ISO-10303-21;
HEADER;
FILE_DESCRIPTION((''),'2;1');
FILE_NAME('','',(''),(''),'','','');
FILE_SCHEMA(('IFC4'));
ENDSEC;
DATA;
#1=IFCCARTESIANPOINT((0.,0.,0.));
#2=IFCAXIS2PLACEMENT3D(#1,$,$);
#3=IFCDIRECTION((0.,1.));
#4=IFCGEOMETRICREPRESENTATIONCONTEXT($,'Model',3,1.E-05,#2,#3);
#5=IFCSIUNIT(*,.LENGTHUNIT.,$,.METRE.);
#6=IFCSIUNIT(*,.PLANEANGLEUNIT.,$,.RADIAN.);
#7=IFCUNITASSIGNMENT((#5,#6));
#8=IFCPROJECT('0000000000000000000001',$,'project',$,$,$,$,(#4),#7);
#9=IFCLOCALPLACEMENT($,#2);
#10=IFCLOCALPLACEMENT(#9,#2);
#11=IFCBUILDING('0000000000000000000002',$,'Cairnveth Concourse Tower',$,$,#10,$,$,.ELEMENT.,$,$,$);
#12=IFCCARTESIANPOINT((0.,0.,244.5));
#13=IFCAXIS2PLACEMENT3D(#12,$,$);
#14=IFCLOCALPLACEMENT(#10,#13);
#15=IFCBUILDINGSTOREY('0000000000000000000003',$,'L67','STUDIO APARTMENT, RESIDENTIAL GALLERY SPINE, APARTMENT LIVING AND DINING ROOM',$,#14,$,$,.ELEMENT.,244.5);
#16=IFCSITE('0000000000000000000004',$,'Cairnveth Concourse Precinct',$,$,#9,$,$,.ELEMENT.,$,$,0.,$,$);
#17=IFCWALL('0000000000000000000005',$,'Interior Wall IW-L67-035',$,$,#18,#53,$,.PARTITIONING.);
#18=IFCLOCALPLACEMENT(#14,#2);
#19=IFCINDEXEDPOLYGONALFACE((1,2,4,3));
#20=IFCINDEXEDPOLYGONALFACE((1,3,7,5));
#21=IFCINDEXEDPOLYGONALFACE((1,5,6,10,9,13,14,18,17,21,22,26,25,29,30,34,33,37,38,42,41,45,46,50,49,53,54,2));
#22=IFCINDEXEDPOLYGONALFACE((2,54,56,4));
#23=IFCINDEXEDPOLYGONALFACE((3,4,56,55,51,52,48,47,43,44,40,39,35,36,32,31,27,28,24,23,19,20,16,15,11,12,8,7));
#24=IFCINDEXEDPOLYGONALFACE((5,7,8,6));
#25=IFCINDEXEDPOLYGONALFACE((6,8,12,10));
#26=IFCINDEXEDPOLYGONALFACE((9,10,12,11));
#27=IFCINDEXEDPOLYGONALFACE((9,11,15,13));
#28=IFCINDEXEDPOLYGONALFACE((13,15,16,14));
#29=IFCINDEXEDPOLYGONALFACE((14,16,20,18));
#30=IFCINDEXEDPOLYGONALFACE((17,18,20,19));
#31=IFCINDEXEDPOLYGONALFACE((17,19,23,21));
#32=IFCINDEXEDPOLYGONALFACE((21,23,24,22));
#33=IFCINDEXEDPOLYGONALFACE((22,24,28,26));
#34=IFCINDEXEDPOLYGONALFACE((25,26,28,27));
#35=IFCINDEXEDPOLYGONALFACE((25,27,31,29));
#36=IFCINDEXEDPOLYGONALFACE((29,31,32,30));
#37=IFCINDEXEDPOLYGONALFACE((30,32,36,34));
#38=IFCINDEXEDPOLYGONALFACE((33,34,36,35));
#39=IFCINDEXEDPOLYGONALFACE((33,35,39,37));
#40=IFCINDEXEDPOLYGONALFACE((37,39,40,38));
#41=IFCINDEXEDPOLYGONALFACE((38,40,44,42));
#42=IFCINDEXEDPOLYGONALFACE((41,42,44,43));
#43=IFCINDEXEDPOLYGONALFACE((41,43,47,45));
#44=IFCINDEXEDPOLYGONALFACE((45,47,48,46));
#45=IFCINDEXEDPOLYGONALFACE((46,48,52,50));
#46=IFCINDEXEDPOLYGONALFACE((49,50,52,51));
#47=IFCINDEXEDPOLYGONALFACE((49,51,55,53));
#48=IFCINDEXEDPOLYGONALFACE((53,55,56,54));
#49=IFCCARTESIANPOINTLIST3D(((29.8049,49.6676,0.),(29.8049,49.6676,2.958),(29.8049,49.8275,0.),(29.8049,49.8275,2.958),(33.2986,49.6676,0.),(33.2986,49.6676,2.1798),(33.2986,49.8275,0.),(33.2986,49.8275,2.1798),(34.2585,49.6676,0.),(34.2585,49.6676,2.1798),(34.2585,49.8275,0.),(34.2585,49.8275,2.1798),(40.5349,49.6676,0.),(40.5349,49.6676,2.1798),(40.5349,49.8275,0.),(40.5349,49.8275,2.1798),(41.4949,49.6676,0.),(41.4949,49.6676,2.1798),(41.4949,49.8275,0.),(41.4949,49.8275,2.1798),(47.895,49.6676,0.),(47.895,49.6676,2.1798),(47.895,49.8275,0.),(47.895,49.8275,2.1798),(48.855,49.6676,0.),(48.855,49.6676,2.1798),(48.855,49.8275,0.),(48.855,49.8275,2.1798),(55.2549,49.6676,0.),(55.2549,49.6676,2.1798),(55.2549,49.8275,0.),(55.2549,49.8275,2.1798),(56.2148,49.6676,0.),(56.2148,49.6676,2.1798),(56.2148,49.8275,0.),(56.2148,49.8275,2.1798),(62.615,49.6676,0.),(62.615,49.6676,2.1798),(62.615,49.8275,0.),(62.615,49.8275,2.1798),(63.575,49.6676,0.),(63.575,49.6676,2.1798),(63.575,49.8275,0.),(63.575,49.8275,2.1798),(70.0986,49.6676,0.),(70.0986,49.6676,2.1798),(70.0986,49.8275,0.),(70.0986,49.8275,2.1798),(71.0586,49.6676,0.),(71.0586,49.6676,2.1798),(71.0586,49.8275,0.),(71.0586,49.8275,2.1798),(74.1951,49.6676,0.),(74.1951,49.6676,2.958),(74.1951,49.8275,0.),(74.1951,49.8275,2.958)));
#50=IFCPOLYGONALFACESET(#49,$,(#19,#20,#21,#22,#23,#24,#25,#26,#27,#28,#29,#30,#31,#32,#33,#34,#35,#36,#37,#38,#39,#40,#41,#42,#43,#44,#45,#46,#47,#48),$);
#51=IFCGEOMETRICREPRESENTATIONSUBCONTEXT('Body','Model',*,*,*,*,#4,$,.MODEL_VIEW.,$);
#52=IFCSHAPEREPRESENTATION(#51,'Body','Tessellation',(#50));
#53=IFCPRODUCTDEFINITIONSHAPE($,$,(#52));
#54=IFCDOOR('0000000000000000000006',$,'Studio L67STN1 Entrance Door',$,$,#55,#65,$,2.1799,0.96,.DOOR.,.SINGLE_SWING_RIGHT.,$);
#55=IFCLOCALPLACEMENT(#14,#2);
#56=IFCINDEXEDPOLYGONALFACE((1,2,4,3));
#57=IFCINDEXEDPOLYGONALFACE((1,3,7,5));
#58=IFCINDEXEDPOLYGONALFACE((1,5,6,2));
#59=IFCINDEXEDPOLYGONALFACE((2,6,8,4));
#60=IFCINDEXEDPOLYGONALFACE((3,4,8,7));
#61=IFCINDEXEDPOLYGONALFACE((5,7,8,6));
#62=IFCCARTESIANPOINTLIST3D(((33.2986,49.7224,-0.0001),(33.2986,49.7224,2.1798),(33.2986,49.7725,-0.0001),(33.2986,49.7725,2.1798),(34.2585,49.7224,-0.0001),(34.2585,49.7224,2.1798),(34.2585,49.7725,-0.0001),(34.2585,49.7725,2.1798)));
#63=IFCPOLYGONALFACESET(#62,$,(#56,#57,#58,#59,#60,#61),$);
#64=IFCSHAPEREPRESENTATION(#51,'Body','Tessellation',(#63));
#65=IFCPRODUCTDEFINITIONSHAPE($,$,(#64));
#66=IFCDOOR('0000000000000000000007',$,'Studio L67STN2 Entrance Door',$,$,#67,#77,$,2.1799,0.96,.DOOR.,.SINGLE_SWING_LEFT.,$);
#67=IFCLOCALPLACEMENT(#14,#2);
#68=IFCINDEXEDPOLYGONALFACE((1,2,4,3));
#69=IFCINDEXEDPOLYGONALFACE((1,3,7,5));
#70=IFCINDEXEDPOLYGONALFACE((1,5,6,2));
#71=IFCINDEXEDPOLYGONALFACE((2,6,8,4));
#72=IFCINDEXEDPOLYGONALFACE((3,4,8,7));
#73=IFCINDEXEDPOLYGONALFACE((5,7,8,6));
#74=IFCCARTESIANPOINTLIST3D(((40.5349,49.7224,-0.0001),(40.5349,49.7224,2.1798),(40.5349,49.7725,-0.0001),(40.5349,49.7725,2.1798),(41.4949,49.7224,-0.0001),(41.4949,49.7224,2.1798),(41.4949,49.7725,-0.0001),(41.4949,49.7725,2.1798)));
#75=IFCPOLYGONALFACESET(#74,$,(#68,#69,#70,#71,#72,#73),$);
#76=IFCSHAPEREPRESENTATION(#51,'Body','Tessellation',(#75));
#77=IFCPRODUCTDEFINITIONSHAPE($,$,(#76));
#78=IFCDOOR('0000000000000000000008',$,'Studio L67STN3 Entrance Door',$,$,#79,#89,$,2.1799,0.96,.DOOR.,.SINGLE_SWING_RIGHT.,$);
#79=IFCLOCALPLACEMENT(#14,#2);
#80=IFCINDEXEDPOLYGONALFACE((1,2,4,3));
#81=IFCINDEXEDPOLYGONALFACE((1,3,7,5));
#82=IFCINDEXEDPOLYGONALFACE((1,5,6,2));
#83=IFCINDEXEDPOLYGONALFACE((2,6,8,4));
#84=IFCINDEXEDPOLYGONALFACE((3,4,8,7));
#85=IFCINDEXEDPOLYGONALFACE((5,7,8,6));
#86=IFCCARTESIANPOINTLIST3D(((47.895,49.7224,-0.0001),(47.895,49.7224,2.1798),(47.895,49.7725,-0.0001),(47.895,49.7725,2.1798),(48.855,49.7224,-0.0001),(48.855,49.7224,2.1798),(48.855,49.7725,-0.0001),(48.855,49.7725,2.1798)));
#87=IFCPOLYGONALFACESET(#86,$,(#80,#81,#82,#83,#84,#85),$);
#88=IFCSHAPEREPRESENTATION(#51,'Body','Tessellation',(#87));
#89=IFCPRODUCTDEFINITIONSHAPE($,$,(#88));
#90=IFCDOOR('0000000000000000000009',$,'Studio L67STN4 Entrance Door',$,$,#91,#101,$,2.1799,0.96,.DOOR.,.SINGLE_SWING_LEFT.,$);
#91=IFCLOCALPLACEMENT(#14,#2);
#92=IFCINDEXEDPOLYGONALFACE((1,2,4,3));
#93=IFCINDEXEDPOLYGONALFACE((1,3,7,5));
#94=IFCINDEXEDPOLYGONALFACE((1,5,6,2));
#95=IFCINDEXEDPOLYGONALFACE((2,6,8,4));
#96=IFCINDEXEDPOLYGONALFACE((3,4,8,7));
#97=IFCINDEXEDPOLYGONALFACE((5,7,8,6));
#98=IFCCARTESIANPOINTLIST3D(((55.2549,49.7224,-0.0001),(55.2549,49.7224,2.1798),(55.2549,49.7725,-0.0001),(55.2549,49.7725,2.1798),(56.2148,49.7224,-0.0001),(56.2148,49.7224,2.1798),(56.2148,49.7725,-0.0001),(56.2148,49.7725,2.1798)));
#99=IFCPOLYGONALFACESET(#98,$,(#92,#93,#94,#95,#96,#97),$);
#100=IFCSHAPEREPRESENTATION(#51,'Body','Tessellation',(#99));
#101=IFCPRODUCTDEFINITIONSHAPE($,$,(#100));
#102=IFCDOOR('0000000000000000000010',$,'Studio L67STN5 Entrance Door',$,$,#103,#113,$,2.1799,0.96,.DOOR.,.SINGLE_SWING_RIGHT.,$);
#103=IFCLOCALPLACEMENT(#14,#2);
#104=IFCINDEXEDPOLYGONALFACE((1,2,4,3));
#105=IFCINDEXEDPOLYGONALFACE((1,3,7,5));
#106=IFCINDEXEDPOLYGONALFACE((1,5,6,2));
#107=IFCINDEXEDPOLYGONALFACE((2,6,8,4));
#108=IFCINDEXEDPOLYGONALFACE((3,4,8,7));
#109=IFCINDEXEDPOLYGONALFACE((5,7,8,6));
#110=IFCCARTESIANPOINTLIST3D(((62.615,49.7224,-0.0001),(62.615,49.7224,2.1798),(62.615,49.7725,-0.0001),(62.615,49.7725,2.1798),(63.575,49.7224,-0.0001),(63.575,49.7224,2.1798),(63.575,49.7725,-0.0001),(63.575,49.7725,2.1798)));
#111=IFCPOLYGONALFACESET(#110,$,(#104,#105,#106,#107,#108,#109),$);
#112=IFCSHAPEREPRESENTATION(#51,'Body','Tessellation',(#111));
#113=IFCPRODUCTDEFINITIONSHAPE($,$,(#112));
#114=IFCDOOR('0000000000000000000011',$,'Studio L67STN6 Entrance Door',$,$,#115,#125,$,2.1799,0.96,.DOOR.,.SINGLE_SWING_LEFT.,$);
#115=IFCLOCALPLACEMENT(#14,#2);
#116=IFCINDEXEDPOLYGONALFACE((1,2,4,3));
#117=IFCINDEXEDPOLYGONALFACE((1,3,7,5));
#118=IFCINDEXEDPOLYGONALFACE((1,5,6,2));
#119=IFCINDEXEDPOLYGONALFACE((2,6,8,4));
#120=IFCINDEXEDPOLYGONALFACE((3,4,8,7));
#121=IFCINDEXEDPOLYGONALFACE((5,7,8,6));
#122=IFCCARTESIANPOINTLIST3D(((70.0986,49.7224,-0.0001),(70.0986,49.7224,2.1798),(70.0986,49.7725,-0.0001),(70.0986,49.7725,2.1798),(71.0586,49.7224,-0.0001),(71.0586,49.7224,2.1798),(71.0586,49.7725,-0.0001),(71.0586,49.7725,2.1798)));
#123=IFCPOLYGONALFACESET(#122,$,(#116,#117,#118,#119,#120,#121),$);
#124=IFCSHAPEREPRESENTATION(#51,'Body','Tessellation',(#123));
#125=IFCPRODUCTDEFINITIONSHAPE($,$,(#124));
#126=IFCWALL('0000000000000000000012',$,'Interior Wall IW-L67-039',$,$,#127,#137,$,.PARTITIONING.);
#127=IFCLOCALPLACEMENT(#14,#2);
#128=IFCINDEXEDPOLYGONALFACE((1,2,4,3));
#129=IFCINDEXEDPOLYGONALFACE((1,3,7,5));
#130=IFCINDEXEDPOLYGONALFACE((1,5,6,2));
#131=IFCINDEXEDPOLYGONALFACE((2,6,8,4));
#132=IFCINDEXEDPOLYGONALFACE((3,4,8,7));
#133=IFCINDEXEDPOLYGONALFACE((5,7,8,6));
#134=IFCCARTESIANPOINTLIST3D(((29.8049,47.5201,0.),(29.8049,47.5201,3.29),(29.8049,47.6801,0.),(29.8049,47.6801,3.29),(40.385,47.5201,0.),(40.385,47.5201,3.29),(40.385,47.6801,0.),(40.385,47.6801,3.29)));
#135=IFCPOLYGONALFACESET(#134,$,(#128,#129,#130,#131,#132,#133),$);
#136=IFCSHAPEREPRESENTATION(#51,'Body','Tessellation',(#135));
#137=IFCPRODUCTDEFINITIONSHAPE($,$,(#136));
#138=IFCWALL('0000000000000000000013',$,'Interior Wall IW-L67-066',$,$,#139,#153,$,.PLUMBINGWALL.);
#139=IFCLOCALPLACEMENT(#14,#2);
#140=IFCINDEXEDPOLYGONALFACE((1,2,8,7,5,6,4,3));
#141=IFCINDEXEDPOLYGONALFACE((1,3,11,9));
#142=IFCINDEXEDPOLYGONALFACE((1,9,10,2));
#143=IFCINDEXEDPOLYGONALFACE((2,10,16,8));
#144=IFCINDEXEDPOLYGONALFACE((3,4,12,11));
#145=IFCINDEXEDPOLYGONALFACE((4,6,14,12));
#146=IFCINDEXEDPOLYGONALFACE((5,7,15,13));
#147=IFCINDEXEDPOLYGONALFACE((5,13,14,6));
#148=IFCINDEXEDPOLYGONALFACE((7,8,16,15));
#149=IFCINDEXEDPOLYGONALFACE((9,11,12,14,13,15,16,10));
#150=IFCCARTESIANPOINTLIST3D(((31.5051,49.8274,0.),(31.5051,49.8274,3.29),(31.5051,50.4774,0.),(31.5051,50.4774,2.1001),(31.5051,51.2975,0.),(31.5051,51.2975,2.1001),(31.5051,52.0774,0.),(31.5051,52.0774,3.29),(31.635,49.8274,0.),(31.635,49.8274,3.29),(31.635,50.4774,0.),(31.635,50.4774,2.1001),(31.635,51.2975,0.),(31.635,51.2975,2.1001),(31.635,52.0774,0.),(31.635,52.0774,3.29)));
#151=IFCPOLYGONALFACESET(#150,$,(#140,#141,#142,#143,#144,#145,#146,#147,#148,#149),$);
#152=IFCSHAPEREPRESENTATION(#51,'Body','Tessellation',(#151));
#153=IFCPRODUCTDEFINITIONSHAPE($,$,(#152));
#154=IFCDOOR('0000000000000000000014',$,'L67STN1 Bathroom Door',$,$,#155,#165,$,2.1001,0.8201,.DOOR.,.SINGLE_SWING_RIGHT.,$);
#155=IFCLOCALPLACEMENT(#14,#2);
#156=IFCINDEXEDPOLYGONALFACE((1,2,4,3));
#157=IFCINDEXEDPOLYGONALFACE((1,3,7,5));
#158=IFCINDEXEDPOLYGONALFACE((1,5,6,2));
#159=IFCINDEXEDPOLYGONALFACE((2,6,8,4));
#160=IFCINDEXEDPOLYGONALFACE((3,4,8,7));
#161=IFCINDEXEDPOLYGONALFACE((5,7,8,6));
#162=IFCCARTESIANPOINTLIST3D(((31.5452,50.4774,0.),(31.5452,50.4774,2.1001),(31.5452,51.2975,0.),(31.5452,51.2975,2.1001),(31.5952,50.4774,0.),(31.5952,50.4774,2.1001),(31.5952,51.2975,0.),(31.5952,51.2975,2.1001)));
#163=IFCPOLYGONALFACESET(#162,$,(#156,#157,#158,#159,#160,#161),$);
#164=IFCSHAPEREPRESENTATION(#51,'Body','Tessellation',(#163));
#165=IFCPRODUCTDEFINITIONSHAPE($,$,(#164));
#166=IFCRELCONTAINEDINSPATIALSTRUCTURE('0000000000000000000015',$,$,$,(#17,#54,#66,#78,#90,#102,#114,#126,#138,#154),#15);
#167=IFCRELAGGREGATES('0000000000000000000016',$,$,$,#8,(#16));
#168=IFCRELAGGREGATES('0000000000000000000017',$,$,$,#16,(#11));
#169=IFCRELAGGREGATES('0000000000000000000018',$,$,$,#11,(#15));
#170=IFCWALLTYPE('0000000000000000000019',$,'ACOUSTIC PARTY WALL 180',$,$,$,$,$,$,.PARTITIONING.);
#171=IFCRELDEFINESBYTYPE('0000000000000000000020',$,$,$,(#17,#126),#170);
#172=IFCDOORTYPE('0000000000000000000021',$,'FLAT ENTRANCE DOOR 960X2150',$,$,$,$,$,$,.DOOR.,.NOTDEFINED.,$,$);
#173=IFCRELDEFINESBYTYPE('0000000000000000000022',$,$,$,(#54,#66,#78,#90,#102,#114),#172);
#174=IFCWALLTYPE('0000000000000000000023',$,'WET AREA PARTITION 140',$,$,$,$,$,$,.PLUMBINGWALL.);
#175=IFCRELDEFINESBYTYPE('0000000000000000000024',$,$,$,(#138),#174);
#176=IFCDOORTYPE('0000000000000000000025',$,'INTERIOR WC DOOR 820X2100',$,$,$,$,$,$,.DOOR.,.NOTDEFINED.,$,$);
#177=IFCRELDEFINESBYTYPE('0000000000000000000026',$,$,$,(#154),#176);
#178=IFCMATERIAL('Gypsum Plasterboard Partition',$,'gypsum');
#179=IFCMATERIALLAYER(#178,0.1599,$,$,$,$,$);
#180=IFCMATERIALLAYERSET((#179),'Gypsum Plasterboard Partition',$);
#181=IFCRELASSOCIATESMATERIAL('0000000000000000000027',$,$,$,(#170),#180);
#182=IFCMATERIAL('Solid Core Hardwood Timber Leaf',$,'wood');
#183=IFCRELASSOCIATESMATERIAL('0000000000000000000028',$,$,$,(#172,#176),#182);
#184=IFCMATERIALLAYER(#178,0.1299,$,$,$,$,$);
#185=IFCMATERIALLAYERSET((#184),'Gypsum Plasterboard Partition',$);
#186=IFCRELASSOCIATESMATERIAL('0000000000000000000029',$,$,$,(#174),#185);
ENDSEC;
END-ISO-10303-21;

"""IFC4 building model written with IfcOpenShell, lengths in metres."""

from ifc_helpers import new_model, si_unit, direction, frame, frame_2d, origin, place, context, subcontext, project, spatial, rectangle, extrude, material, layer, layer_set, type_object, element, fill, save


model = new_model("IFC4")

# Units and contexts
model_context = context("Model", 3, precision=1e-05, world=origin(), true_north=direction((0.0, 1.0)))
body_context = subcontext(model_context, "Body", "Model", "MODEL_VIEW")
ifc_project = project(units=[si_unit("LENGTHUNIT", "METRE"), si_unit("PLANEANGLEUNIT", "RADIAN")], contexts=[model_context])

# Site, building, storey
site_placement = place(None, origin())
site = spatial("IfcSite", under=ifc_project, at=site_placement, Name="Cairnveth Concourse Precinct", CompositionType="ELEMENT", RefElevation=0.0)
building_placement = place(site_placement, origin())
building = spatial("IfcBuilding", under=site, at=building_placement, Name="Cairnveth Concourse Tower", CompositionType="ELEMENT")
storey_placement = place(building_placement, frame((0.0, 0.0, 244.5)))
storey = spatial("IfcBuildingStorey", under=building, at=storey_placement, Name="L67", Description="STUDIO APARTMENT, RESIDENTIAL GALLERY SPINE, APARTMENT LIVING AND DINING ROOM", CompositionType="ELEMENT", Elevation=244.5)

# Wall, openings, doors
ifc_material_1 = material(Name="Gypsum Plasterboard Partition", Category="gypsum")
ifc_layer_1 = layer(ifc_material_1, 0.1599)
ifc_layer_set_1 = layer_set([ifc_layer_1], Name="Gypsum Plasterboard Partition")
wall_type_1 = type_object("IfcWallType", Name="ACOUSTIC PARTY WALL 180", PredefinedType="PARTITIONING", material=ifc_layer_set_1)
wall_1_placement = place(storey_placement, frame((29.8049, 49.7476, 0.0), z_axis=(0.0, 0.0, 1.0), x_axis=(1.0, 0.0, 0.0)))
wall_1 = element("IfcWall", 1, at=wall_1_placement, inside=storey, type_object=wall_type_1, Name="Interior Wall IW-L67-035", PredefinedType="PARTITIONING", context=body_context, shape_type="SweptSolid", body=[
    extrude(rectangle(XDim=44.3901, YDim=0.1599, at=frame_2d((22.1951, 0.0))), origin(), (0.0, 0.0, 1.0), 2.958),
])
opening_1_placement = place(wall_1_placement, frame((3.4937, 0.0, 0.0)))
opening_1 = element("IfcOpeningElement", 2, at=opening_1_placement, cuts=wall_1, PredefinedType="OPENING", context=body_context, shape_type="SweptSolid", body=[
    extrude(rectangle(XDim=0.96, YDim=2.1799, at=frame_2d((0.48, 1.0898))), frame((0.0, 0.0898, 0.0), z_axis=(0.0, -1.0, 0.0), x_axis=(1.0, 0.0, 0.0)), (0.0, 0.0, 1.0), 0.1799),
])
opening_2_placement = place(wall_1_placement, frame((10.73, 0.0, 0.0)))
opening_2 = element("IfcOpeningElement", 3, at=opening_2_placement, cuts=wall_1, PredefinedType="OPENING", context=body_context, shape_type="SweptSolid", body=[
    extrude(rectangle(XDim=0.96, YDim=2.1799, at=frame_2d((0.48, 1.0898))), frame((0.0, 0.0898, 0.0), z_axis=(0.0, -1.0, 0.0), x_axis=(1.0, 0.0, 0.0)), (0.0, 0.0, 1.0), 0.1799),
])
opening_3_placement = place(wall_1_placement, frame((18.0901, 0.0, 0.0)))
opening_3 = element("IfcOpeningElement", 4, at=opening_3_placement, cuts=wall_1, PredefinedType="OPENING", context=body_context, shape_type="SweptSolid", body=[
    extrude(rectangle(XDim=0.96, YDim=2.1799, at=frame_2d((0.48, 1.0898))), frame((0.0, 0.0898, 0.0), z_axis=(0.0, -1.0, 0.0), x_axis=(1.0, 0.0, 0.0)), (0.0, 0.0, 1.0), 0.1799),
])
opening_4_placement = place(wall_1_placement, frame((25.45, 0.0, 0.0)))
opening_4 = element("IfcOpeningElement", 5, at=opening_4_placement, cuts=wall_1, PredefinedType="OPENING", context=body_context, shape_type="SweptSolid", body=[
    extrude(rectangle(XDim=0.96, YDim=2.1799, at=frame_2d((0.48, 1.0898))), frame((0.0, 0.0898, 0.0), z_axis=(0.0, -1.0, 0.0), x_axis=(1.0, 0.0, 0.0)), (0.0, 0.0, 1.0), 0.1799),
])
opening_5_placement = place(wall_1_placement, frame((32.8101, 0.0, 0.0)))
opening_5 = element("IfcOpeningElement", 6, at=opening_5_placement, cuts=wall_1, PredefinedType="OPENING", context=body_context, shape_type="SweptSolid", body=[
    extrude(rectangle(XDim=0.96, YDim=2.1799, at=frame_2d((0.48, 1.0898))), frame((0.0, 0.0898, 0.0), z_axis=(0.0, -1.0, 0.0), x_axis=(1.0, 0.0, 0.0)), (0.0, 0.0, 1.0), 0.1799),
])
opening_6_placement = place(wall_1_placement, frame((40.2937, 0.0, 0.0)))
opening_6 = element("IfcOpeningElement", 7, at=opening_6_placement, cuts=wall_1, PredefinedType="OPENING", context=body_context, shape_type="SweptSolid", body=[
    extrude(rectangle(XDim=0.96, YDim=2.1799, at=frame_2d((0.48, 1.0898))), frame((0.0, 0.0898, 0.0), z_axis=(0.0, -1.0, 0.0), x_axis=(1.0, 0.0, 0.0)), (0.0, 0.0, 1.0), 0.1799),
])
ifc_material_2 = material(Name="Solid Core Hardwood Timber Leaf", Category="wood")
door_type_1 = type_object("IfcDoorType", Name="FLAT ENTRANCE DOOR 960X2150", OperationType="NOTDEFINED", PredefinedType="DOOR", material=ifc_material_2)
door_1_placement = place(opening_1_placement, origin())
door_1 = element("IfcDoor", 8, at=door_1_placement, inside=storey, type_object=door_type_1, Name="Studio L67STN1 Entrance Door", OperationType="SINGLE_SWING_RIGHT", OverallHeight=2.1799, OverallWidth=0.96, PredefinedType="DOOR", context=body_context, shape_type="SweptSolid", body=[
    extrude(rectangle(XDim=0.96, YDim=2.1799, at=frame_2d((0.48, 1.0898))), frame((0.0, 0.0249, 0.0), z_axis=(0.0, -1.0, 0.0), x_axis=(1.0, 0.0, 0.0)), (0.0, 0.0, 1.0), 0.05),
])
fill(opening_1, door_1)
door_2_placement = place(opening_2_placement, origin())
door_2 = element("IfcDoor", 9, at=door_2_placement, inside=storey, type_object=door_type_1, Name="Studio L67STN2 Entrance Door", OperationType="SINGLE_SWING_LEFT", OverallHeight=2.1799, OverallWidth=0.96, PredefinedType="DOOR", context=body_context, shape_type="SweptSolid", body=[
    extrude(rectangle(XDim=0.96, YDim=2.1799, at=frame_2d((0.48, 1.0898))), frame((0.0, 0.0249, 0.0), z_axis=(0.0, -1.0, 0.0), x_axis=(1.0, 0.0, 0.0)), (0.0, 0.0, 1.0), 0.05),
])
fill(opening_2, door_2)
door_3_placement = place(opening_3_placement, origin())
door_3 = element("IfcDoor", 10, at=door_3_placement, inside=storey, type_object=door_type_1, Name="Studio L67STN3 Entrance Door", OperationType="SINGLE_SWING_RIGHT", OverallHeight=2.1799, OverallWidth=0.96, PredefinedType="DOOR", context=body_context, shape_type="SweptSolid", body=[
    extrude(rectangle(XDim=0.96, YDim=2.1799, at=frame_2d((0.48, 1.0898))), frame((0.0, 0.0249, 0.0), z_axis=(0.0, -1.0, 0.0), x_axis=(1.0, 0.0, 0.0)), (0.0, 0.0, 1.0), 0.05),
])
fill(opening_3, door_3)
door_4_placement = place(opening_4_placement, origin())
door_4 = element("IfcDoor", 11, at=door_4_placement, inside=storey, type_object=door_type_1, Name="Studio L67STN4 Entrance Door", OperationType="SINGLE_SWING_LEFT", OverallHeight=2.1799, OverallWidth=0.96, PredefinedType="DOOR", context=body_context, shape_type="SweptSolid", body=[
    extrude(rectangle(XDim=0.96, YDim=2.1799, at=frame_2d((0.48, 1.0898))), frame((0.0, 0.0249, 0.0), z_axis=(0.0, -1.0, 0.0), x_axis=(1.0, 0.0, 0.0)), (0.0, 0.0, 1.0), 0.05),
])
fill(opening_4, door_4)
door_5_placement = place(opening_5_placement, origin())
door_5 = element("IfcDoor", 12, at=door_5_placement, inside=storey, type_object=door_type_1, Name="Studio L67STN5 Entrance Door", OperationType="SINGLE_SWING_RIGHT", OverallHeight=2.1799, OverallWidth=0.96, PredefinedType="DOOR", context=body_context, shape_type="SweptSolid", body=[
    extrude(rectangle(XDim=0.96, YDim=2.1799, at=frame_2d((0.48, 1.0898))), frame((0.0, 0.0249, 0.0), z_axis=(0.0, -1.0, 0.0), x_axis=(1.0, 0.0, 0.0)), (0.0, 0.0, 1.0), 0.05),
])
fill(opening_5, door_5)
door_6_placement = place(opening_6_placement, origin())
door_6 = element("IfcDoor", 13, at=door_6_placement, inside=storey, type_object=door_type_1, Name="Studio L67STN6 Entrance Door", OperationType="SINGLE_SWING_LEFT", OverallHeight=2.1799, OverallWidth=0.96, PredefinedType="DOOR", context=body_context, shape_type="SweptSolid", body=[
    extrude(rectangle(XDim=0.96, YDim=2.1799, at=frame_2d((0.48, 1.0898))), frame((0.0, 0.0249, 0.0), z_axis=(0.0, -1.0, 0.0), x_axis=(1.0, 0.0, 0.0)), (0.0, 0.0, 1.0), 0.05),
])
fill(opening_6, door_6)

# Wall
wall_2_placement = place(storey_placement, frame((29.8049, 47.6001, 0.0), z_axis=(0.0, 0.0, 1.0), x_axis=(1.0, 0.0, 0.0)))
element("IfcWall", 14, at=wall_2_placement, inside=storey, type_object=wall_type_1, Name="Interior Wall IW-L67-039", PredefinedType="PARTITIONING", context=body_context, shape_type="SweptSolid", body=[
    extrude(rectangle(XDim=10.5801, YDim=0.1599, at=frame_2d((5.29, 0.0))), origin(), (0.0, 0.0, 1.0), 3.29),
])

# Wall, opening, door
ifc_layer_2 = layer(ifc_material_1, 0.1299)
ifc_layer_set_2 = layer_set([ifc_layer_2], Name="Gypsum Plasterboard Partition")
wall_type_2 = type_object("IfcWallType", Name="WET AREA PARTITION 140", PredefinedType="PLUMBINGWALL", material=ifc_layer_set_2)
wall_3_placement = place(storey_placement, frame((31.5701, 49.8274, 0.0), z_axis=(0.0, 0.0, 1.0), x_axis=(0.0, 1.0, 0.0)))
wall_3 = element("IfcWall", 15, at=wall_3_placement, inside=storey, type_object=wall_type_2, Name="Interior Wall IW-L67-066", PredefinedType="PLUMBINGWALL", context=body_context, shape_type="SweptSolid", body=[
    extrude(rectangle(XDim=2.25, YDim=0.1299, at=frame_2d((1.125, 0.0))), origin(), (0.0, 0.0, 1.0), 3.29),
])
opening_7_placement = place(wall_3_placement, frame((0.6499, 0.0, 0.0)))
opening_7 = element("IfcOpeningElement", 16, at=opening_7_placement, cuts=wall_3, PredefinedType="OPENING", context=body_context, shape_type="SweptSolid", body=[
    extrude(rectangle(XDim=0.8201, YDim=2.1001, at=frame_2d((0.4102, 1.05))), frame((0.0, 0.075, 0.0), z_axis=(0.0, -1.0, 0.0), x_axis=(1.0, 0.0, 0.0)), (0.0, 0.0, 1.0), 0.1499),
])
door_type_2 = type_object("IfcDoorType", Name="INTERIOR WC DOOR 820X2100", OperationType="NOTDEFINED", PredefinedType="DOOR", material=ifc_material_2)
door_7_placement = place(opening_7_placement, origin())
door_7 = element("IfcDoor", 17, at=door_7_placement, inside=storey, type_object=door_type_2, Name="L67STN1 Bathroom Door", OperationType="SINGLE_SWING_RIGHT", OverallHeight=2.1001, OverallWidth=0.8201, PredefinedType="DOOR", context=body_context, shape_type="SweptSolid", body=[
    extrude(rectangle(XDim=0.8201, YDim=2.1001, at=frame_2d((0.4102, 1.05))), frame((0.0, 0.0249, 0.0), z_axis=(0.0, -1.0, 0.0), x_axis=(1.0, 0.0, 0.0)), (0.0, 0.0, 1.0), 0.05),
])
fill(opening_7, door_7)

save(model, "model.ifc")
